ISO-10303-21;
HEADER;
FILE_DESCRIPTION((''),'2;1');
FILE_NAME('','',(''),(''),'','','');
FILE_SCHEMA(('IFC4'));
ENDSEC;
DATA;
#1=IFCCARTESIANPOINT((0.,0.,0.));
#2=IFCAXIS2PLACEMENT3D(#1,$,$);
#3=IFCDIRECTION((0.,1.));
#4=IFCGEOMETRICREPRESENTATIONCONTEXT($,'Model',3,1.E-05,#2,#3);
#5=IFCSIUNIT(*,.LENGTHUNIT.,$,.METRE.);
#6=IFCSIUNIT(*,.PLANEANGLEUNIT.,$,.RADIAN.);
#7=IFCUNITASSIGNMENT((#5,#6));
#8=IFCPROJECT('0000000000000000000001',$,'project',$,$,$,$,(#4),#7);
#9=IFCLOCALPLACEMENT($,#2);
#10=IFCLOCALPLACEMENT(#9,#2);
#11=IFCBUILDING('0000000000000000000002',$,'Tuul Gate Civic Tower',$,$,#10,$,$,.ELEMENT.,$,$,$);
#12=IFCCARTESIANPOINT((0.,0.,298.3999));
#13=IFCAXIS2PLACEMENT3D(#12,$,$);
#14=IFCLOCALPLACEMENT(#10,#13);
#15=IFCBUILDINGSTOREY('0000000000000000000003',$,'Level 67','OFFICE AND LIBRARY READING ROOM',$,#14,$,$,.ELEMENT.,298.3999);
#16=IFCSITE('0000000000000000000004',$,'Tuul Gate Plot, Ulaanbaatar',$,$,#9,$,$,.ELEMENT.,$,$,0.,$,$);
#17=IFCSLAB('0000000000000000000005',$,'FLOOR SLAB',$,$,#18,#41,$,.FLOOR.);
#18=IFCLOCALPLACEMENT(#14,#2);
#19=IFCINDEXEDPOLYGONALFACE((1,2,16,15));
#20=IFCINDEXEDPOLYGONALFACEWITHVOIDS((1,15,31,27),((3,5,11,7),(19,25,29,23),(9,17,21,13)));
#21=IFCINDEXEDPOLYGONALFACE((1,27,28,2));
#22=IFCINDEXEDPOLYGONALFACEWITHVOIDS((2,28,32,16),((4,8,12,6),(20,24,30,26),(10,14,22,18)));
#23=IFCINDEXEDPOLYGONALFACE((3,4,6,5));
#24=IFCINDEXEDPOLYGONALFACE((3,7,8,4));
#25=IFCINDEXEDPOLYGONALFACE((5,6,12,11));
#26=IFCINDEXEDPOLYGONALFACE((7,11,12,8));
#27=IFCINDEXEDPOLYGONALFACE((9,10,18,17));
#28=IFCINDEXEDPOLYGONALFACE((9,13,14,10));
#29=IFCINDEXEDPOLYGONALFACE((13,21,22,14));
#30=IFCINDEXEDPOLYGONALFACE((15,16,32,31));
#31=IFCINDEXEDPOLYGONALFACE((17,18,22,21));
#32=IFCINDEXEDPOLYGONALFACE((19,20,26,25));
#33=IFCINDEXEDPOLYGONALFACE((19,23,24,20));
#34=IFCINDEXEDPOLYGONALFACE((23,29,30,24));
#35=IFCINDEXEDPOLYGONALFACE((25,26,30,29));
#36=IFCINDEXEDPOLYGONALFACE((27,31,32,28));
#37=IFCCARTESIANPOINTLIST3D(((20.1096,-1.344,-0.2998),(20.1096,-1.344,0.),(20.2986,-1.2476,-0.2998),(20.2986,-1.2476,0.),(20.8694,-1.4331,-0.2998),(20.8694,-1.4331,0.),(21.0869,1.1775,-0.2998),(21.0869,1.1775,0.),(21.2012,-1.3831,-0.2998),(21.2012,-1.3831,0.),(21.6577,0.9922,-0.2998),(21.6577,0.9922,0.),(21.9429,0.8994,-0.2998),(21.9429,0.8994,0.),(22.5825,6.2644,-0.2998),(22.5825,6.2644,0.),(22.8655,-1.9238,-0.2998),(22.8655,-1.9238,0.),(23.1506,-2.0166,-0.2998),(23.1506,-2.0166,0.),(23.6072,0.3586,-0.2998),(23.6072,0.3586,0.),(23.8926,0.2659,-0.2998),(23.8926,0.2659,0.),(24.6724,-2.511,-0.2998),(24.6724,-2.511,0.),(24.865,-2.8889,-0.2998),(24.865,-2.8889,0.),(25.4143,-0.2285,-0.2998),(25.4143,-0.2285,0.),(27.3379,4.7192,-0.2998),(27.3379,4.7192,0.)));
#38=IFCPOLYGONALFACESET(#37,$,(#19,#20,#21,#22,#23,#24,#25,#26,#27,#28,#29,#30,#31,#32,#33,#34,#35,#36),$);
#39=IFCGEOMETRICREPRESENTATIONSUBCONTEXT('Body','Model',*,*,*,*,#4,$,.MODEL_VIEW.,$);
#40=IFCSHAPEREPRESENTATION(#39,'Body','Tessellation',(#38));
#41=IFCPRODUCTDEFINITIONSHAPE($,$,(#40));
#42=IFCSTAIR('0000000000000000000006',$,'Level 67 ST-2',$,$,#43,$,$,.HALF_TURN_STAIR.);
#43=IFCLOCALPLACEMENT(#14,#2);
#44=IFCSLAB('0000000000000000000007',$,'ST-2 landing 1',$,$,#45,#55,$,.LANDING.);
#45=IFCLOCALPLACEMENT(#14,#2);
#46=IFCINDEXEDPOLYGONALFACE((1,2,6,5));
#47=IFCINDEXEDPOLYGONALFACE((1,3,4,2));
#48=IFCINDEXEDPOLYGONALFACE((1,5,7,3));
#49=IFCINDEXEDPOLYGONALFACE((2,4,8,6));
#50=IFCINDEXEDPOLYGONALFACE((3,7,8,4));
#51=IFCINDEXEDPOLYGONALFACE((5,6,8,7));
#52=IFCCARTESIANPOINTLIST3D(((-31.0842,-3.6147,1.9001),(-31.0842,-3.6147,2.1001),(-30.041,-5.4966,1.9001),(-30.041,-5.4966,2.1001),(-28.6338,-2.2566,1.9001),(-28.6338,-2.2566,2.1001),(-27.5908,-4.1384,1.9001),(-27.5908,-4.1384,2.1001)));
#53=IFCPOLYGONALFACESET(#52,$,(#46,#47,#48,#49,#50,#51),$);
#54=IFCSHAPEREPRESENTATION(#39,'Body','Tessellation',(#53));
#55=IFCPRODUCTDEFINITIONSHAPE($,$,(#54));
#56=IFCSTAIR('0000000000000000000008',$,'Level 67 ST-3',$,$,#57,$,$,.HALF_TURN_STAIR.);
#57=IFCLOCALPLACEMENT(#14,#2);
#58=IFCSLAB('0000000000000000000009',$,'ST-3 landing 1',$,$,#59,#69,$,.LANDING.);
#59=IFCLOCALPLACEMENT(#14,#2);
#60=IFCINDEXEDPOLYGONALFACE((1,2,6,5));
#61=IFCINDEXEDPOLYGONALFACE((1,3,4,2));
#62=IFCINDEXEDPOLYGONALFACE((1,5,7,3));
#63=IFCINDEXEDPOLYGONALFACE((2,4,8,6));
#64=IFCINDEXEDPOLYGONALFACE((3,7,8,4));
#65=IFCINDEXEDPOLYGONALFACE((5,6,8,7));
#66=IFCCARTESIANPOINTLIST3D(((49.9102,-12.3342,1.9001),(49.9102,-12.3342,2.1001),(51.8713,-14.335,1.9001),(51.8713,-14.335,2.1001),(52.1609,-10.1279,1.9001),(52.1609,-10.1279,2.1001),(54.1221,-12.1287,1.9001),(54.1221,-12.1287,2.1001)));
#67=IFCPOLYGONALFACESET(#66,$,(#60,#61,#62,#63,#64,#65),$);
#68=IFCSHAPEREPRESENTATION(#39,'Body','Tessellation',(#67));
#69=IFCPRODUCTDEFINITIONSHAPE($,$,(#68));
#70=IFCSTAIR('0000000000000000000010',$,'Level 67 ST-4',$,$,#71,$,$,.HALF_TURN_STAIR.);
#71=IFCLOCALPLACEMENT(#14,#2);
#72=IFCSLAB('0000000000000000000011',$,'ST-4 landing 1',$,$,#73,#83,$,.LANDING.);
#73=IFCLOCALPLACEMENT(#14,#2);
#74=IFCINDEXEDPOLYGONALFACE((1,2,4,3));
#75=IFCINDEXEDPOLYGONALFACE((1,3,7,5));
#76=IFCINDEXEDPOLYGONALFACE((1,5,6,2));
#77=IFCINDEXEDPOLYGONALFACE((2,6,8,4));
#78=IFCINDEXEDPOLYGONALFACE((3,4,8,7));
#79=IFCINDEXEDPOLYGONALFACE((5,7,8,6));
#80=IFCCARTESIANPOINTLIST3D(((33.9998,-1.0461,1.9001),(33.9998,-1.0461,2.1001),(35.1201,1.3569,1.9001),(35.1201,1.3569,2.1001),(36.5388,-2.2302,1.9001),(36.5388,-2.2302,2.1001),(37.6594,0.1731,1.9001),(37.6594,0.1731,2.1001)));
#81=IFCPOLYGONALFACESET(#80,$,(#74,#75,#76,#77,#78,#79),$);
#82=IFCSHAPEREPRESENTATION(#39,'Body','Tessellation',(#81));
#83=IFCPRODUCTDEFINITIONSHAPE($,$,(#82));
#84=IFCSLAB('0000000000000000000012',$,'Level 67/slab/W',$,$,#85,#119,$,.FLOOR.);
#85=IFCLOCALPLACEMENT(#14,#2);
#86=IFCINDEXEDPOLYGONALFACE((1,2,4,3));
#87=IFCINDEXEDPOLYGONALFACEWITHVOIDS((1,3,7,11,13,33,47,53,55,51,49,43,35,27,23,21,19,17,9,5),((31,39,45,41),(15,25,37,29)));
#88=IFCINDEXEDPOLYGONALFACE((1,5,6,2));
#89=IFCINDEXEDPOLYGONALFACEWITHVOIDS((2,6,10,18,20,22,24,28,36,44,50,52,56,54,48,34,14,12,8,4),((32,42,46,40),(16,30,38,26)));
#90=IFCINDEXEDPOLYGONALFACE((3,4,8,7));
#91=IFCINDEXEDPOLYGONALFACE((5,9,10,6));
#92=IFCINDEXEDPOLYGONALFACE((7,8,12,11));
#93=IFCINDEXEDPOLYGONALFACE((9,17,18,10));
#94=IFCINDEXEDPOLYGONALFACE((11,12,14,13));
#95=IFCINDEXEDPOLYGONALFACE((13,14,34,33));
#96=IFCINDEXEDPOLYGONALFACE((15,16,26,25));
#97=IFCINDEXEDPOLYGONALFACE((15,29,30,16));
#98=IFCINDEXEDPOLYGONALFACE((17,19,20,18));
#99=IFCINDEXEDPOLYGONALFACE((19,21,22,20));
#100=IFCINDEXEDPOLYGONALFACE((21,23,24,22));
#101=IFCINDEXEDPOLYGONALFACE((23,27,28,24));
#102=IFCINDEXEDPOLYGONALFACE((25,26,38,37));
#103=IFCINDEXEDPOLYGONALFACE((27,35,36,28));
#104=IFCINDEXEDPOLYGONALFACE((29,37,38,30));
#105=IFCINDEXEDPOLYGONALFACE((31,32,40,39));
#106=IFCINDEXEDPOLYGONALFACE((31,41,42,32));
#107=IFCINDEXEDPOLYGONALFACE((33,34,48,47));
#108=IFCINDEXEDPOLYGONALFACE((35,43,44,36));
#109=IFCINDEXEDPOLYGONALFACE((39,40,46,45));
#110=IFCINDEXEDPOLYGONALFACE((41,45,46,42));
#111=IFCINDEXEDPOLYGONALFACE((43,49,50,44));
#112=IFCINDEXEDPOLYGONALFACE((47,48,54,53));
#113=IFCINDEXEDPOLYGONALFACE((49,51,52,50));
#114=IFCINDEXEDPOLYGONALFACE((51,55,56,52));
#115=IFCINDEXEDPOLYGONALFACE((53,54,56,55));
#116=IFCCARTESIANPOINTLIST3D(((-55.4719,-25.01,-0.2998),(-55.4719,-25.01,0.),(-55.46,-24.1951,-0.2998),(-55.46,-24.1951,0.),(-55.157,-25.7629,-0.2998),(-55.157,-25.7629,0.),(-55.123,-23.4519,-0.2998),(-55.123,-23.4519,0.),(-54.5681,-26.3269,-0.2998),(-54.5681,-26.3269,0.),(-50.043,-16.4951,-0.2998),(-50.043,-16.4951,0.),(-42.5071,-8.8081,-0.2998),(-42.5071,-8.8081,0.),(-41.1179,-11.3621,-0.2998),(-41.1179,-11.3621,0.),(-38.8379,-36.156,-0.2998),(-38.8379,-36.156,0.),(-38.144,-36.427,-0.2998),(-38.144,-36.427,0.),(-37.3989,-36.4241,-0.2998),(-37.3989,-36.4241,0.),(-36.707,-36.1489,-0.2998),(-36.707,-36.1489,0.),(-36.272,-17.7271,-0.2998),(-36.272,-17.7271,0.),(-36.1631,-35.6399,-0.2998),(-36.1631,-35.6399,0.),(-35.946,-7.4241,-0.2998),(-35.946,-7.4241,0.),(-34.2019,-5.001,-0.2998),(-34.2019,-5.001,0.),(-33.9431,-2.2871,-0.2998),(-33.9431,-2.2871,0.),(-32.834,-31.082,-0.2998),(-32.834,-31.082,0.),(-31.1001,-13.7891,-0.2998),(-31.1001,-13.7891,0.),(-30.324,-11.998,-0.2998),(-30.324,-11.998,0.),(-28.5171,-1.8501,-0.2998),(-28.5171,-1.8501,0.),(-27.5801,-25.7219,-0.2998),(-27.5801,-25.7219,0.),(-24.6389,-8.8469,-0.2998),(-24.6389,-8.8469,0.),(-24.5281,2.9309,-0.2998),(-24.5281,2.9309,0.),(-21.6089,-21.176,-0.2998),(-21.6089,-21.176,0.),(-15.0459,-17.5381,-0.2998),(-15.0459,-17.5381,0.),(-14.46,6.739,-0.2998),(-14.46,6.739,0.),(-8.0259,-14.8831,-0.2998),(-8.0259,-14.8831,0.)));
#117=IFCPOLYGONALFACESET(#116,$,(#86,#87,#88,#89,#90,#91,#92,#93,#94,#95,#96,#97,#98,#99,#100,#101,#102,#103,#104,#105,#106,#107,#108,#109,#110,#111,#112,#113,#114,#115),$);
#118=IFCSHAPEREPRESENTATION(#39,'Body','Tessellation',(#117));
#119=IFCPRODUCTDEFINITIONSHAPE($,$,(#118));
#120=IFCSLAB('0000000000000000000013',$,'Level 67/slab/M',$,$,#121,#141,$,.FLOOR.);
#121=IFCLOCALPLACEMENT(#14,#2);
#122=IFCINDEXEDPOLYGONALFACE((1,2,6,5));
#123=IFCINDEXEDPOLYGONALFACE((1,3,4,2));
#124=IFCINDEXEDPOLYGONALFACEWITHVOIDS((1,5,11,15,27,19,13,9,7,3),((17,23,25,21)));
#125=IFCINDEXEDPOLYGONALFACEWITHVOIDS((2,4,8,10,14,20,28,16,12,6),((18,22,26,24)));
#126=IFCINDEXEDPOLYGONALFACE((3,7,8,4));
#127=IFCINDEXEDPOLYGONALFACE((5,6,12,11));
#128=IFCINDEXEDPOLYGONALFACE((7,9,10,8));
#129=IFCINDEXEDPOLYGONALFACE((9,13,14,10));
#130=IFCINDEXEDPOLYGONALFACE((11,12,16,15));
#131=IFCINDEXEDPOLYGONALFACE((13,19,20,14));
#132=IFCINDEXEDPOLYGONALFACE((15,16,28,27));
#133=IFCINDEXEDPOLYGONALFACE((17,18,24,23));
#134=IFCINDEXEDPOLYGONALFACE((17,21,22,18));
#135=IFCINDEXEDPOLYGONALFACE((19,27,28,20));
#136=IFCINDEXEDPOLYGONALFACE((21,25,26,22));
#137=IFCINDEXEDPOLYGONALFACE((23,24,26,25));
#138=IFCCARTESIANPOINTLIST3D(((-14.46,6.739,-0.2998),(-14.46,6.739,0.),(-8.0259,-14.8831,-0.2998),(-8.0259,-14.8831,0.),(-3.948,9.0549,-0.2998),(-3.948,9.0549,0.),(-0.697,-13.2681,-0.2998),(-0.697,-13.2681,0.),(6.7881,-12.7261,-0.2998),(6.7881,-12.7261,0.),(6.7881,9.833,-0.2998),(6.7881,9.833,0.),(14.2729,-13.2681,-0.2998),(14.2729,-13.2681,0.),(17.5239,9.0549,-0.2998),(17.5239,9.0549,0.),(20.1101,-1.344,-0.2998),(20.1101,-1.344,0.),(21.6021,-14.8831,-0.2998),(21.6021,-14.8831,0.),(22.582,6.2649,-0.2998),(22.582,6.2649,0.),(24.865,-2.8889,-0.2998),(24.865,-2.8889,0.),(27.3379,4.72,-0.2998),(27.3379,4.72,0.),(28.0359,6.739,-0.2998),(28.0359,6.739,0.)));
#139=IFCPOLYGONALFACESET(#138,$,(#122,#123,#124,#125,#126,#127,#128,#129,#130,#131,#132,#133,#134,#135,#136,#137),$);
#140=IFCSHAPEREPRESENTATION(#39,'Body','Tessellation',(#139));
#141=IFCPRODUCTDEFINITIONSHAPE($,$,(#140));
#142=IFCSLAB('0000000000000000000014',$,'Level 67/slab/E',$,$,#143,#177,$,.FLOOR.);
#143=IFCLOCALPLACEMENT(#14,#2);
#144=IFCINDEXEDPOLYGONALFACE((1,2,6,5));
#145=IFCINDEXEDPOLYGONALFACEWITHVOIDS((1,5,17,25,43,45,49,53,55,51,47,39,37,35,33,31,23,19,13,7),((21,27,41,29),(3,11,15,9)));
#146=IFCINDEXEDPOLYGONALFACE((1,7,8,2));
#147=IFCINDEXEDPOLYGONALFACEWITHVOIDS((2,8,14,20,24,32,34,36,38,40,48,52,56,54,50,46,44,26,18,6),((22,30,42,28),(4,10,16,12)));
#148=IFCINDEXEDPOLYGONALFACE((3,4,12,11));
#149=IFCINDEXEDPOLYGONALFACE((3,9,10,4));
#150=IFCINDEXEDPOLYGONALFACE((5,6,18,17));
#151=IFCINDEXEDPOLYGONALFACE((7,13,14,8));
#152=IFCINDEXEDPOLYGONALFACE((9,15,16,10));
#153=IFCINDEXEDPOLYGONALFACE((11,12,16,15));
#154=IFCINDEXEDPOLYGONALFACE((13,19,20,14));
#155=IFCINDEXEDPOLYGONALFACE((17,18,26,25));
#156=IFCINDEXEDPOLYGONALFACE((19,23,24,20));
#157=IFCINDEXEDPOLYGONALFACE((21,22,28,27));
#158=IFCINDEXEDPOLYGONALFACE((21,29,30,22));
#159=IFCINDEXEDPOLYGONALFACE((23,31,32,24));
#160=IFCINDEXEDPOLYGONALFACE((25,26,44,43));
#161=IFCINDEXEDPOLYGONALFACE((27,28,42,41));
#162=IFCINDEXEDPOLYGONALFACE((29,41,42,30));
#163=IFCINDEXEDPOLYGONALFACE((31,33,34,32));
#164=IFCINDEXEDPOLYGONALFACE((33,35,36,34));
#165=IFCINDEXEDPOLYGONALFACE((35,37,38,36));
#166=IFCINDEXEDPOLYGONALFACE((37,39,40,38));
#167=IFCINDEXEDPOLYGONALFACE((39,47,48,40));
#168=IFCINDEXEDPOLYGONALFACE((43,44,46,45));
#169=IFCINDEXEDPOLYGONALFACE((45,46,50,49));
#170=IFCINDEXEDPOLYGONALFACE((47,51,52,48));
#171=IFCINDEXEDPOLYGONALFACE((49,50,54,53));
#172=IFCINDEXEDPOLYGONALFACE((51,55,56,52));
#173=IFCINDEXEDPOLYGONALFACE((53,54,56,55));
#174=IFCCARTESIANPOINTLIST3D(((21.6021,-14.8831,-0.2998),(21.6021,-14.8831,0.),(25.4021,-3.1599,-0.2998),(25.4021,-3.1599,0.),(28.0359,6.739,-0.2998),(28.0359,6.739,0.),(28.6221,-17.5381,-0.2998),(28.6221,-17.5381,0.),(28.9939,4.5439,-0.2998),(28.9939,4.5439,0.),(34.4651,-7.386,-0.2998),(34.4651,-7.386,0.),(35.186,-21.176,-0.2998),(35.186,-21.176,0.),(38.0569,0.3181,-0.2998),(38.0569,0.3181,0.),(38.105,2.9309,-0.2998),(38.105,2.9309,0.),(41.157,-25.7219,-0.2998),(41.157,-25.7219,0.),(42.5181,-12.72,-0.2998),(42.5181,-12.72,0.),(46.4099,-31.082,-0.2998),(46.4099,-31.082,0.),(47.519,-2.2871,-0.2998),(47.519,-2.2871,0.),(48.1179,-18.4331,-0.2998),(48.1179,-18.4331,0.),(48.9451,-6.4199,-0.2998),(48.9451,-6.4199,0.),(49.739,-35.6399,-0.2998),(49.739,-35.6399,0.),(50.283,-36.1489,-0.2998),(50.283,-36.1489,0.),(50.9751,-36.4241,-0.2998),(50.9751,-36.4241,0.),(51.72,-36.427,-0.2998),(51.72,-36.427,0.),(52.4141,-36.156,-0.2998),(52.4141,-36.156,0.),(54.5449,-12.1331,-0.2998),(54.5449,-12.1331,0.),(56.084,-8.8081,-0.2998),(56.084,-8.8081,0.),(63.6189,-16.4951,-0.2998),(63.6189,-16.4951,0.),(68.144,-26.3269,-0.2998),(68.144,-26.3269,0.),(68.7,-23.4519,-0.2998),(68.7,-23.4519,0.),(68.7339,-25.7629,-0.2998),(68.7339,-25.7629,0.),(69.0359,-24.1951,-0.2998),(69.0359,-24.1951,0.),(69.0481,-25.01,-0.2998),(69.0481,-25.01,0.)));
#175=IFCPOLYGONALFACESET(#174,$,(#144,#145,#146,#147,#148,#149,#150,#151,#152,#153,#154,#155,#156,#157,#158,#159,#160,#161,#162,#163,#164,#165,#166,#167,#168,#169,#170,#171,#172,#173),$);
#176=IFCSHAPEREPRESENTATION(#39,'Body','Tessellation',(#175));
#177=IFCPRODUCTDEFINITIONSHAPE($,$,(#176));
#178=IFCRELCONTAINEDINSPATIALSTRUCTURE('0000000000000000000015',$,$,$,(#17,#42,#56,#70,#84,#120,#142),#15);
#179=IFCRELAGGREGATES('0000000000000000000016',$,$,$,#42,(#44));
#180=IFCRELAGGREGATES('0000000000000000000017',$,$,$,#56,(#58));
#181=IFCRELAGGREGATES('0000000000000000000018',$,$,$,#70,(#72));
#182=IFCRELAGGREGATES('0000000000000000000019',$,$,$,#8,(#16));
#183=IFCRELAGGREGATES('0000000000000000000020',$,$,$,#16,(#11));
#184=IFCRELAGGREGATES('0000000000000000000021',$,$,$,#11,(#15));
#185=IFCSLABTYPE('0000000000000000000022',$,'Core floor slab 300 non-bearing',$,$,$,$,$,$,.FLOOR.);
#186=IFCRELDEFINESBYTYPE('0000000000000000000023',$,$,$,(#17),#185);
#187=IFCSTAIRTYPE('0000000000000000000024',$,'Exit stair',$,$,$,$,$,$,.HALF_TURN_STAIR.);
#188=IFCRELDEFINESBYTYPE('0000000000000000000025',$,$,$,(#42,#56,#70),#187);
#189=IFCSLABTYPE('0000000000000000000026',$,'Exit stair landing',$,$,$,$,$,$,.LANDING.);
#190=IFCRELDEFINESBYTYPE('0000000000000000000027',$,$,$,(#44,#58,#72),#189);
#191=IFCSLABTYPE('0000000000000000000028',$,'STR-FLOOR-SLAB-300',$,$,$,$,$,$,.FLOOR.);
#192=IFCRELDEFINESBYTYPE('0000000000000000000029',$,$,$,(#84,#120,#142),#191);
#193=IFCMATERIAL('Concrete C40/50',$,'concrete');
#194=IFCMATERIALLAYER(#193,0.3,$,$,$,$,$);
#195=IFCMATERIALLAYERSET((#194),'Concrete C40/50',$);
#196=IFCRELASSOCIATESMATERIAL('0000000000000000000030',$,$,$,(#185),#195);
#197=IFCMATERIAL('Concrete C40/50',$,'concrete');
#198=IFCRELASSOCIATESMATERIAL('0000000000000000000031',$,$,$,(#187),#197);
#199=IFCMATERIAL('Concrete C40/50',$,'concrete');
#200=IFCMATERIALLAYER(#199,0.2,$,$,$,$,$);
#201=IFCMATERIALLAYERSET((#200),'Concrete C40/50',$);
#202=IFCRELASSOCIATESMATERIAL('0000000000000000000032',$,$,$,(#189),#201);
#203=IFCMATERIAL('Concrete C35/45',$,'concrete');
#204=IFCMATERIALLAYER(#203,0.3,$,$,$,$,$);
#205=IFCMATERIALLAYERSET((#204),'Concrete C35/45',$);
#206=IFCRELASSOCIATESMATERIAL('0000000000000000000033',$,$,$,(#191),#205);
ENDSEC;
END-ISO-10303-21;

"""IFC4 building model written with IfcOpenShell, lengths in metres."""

from ifc_helpers import new_model, si_unit, direction, frame, origin, place, context, subcontext, project, spatial, polyline, outline, extrude, material, layer, layer_set, type_object, element, aggregate, save


model = new_model("IFC4")

# Units and contexts
model_context = context("Model", 3, precision=1e-05, world=origin(), true_north=direction((0.0, 1.0)))
body_context = subcontext(model_context, "Body", "Model", "MODEL_VIEW")
ifc_project = project(units=[si_unit("LENGTHUNIT", "METRE"), si_unit("PLANEANGLEUNIT", "RADIAN")], contexts=[model_context])

# Site, building, storey
site_placement = place(None, origin())
site = spatial("IfcSite", under=ifc_project, at=site_placement, Name="Tuul Gate Plot, Ulaanbaatar", CompositionType="ELEMENT", RefElevation=0.0)
building_placement = place(site_placement, origin())
building = spatial("IfcBuilding", under=site, at=building_placement, Name="Tuul Gate Civic Tower", CompositionType="ELEMENT")
storey_placement = place(building_placement, frame((0.0, 0.0, 298.3999)))
storey = spatial("IfcBuildingStorey", under=building, at=storey_placement, Name="Level 67", Description="OFFICE AND LIBRARY READING ROOM", CompositionType="ELEMENT", Elevation=298.3999)

# Slab
ifc_material_1 = material(Name="Concrete C40/50", Category="concrete")
ifc_layer_1 = layer(ifc_material_1, 0.3)
ifc_layer_set_1 = layer_set([ifc_layer_1], Name="Concrete C40/50")
slab_type_1 = type_object("IfcSlabType", Name="Core floor slab 300 non-bearing", PredefinedType="FLOOR", material=ifc_layer_set_1)
slab_1_placement = place(storey_placement, frame((0.0, 0.0, -0.2998)))
element("IfcSlab", 1, at=slab_1_placement, inside=storey, type_object=slab_type_1, Name="FLOOR SLAB", PredefinedType="FLOOR", context=body_context, shape_type="SweptSolid", body=[
    extrude(outline(polyline([(24.865, -2.8889), (27.3379, 4.7192), (22.5825, 6.2644), (20.1096, -1.344), (24.865, -2.8889)]), holes=[polyline([(24.6724, -2.511), (25.4143, -0.2285), (23.8926, 0.2659), (23.1506, -2.0166), (24.6724, -2.511)]), polyline([(22.8655, -1.9238), (23.6072, 0.3586), (21.9429, 0.8994), (21.2012, -1.3831), (22.8655, -1.9238)]), polyline([(20.8694, -1.4331), (21.6577, 0.9922), (21.0869, 1.1775), (20.2986, -1.2476), (20.8694, -1.4331)])]), origin(), (0.0, 0.0, 1.0), 0.2998),
])

# Stairs, slabs
ifc_material_2 = material(Name="Concrete C40/50", Category="concrete")
stair_type = type_object("IfcStairType", Name="Exit stair", PredefinedType="HALF_TURN_STAIR", material=ifc_material_2)
stair_1_placement = place(storey_placement, origin())
stair_1 = element("IfcStair", 2, at=stair_1_placement, inside=storey, type_object=stair_type, Name="Level 67 ST-2", PredefinedType="HALF_TURN_STAIR")
ifc_material_3 = material(Name="Concrete C40/50", Category="concrete")
ifc_layer_2 = layer(ifc_material_3, 0.2)
ifc_layer_set_2 = layer_set([ifc_layer_2], Name="Concrete C40/50")
slab_type_2 = type_object("IfcSlabType", Name="Exit stair landing", PredefinedType="LANDING", material=ifc_layer_set_2)
slab_2_placement = place(storey_placement, frame((0.0, 0.0, 1.9001)))
slab_2 = element("IfcSlab", 3, at=slab_2_placement, type_object=slab_type_2, Name="ST-2 landing 1", PredefinedType="LANDING", context=body_context, shape_type="SweptSolid", body=[
    extrude(outline(polyline([(-27.5908, -4.1384), (-30.041, -5.4966), (-31.0842, -3.6147), (-28.6338, -2.2566), (-27.5908, -4.1384)])), origin(), (0.0, 0.0, 1.0), 0.2),
])
aggregate(stair_1, [slab_2])
stair_2_placement = place(storey_placement, origin())
stair_2 = element("IfcStair", 4, at=stair_2_placement, inside=storey, type_object=stair_type, Name="Level 67 ST-3", PredefinedType="HALF_TURN_STAIR")
slab_3_placement = place(storey_placement, frame((0.0, 0.0, 1.9001)))
slab_3 = element("IfcSlab", 5, at=slab_3_placement, type_object=slab_type_2, Name="ST-3 landing 1", PredefinedType="LANDING", context=body_context, shape_type="SweptSolid", body=[
    extrude(outline(polyline([(51.8713, -14.335), (49.9102, -12.3342), (52.1609, -10.1279), (54.1221, -12.1287), (51.8713, -14.335)])), origin(), (0.0, 0.0, 1.0), 0.2),
])
aggregate(stair_2, [slab_3])
stair_3_placement = place(storey_placement, origin())
stair_3 = element("IfcStair", 6, at=stair_3_placement, inside=storey, type_object=stair_type, Name="Level 67 ST-4", PredefinedType="HALF_TURN_STAIR")
slab_4_placement = place(storey_placement, frame((0.0, 0.0, 1.9001)))
slab_4 = element("IfcSlab", 7, at=slab_4_placement, type_object=slab_type_2, Name="ST-4 landing 1", PredefinedType="LANDING", context=body_context, shape_type="SweptSolid", body=[
    extrude(outline(polyline([(36.5388, -2.2302), (33.9998, -1.0461), (35.1201, 1.3569), (37.6594, 0.1731), (36.5388, -2.2302)])), origin(), (0.0, 0.0, 1.0), 0.2),
])
aggregate(stair_3, [slab_4])

# Slabs
ifc_material_4 = material(Name="Concrete C35/45", Category="concrete")
ifc_layer_3 = layer(ifc_material_4, 0.3)
ifc_layer_set_3 = layer_set([ifc_layer_3], Name="Concrete C35/45")
slab_type_3 = type_object("IfcSlabType", Name="STR-FLOOR-SLAB-300", PredefinedType="FLOOR", material=ifc_layer_set_3)
slab_5_placement = place(storey_placement, frame((0.0, 0.0, -0.2998)))
element("IfcSlab", 8, at=slab_5_placement, inside=storey, type_object=slab_type_3, Name="Level 67/slab/W", PredefinedType="FLOOR", context=body_context, shape_type="SweptSolid", body=[
    extrude(outline(polyline([(-8.0259, -14.8831), (-14.46, 6.739), (-24.5281, 2.9309), (-33.9431, -2.2871), (-42.5071, -8.8081), (-50.043, -16.4951), (-55.123, -23.4519), (-55.46, -24.1951), (-55.4719, -25.01), (-55.157, -25.7629), (-54.5681, -26.3269), (-38.8379, -36.156), (-38.144, -36.427), (-37.3989, -36.4241), (-36.707, -36.1489), (-36.1631, -35.6399), (-32.834, -31.082), (-27.5801, -25.7219), (-21.6089, -21.176), (-15.0459, -17.5381), (-8.0259, -14.8831)]), holes=[polyline([(-31.1001, -13.7891), (-36.272, -17.7271), (-41.1179, -11.3621), (-35.946, -7.4241), (-31.1001, -13.7891)]), polyline([(-24.6389, -8.8469), (-30.324, -11.998), (-34.2019, -5.001), (-28.5171, -1.8501), (-24.6389, -8.8469)])]), origin(), (0.0, 0.0, 1.0), 0.2998),
])
slab_6_placement = place(storey_placement, frame((0.0, 0.0, -0.2998)))
element("IfcSlab", 9, at=slab_6_placement, inside=storey, type_object=slab_type_3, Name="Level 67/slab/M", PredefinedType="FLOOR", context=body_context, shape_type="SweptSolid", body=[
    extrude(outline(polyline([(21.6021, -14.8831), (28.0359, 6.739), (17.5239, 9.0549), (6.7881, 9.833), (-3.948, 9.0549), (-14.46, 6.739), (-8.0259, -14.8831), (-0.697, -13.2681), (6.7881, -12.7261), (14.2729, -13.2681), (21.6021, -14.8831)]), holes=[polyline([(20.1101, -1.344), (22.582, 6.2649), (27.3379, 4.72), (24.865, -2.8889), (20.1101, -1.344)])]), origin(), (0.0, 0.0, 1.0), 0.2998),
])
slab_7_placement = place(storey_placement, frame((0.0, 0.0, -0.2998)))
element("IfcSlab", 10, at=slab_7_placement, inside=storey, type_object=slab_type_3, Name="Level 67/slab/E", PredefinedType="FLOOR", context=body_context, shape_type="SweptSolid", body=[
    extrude(outline(polyline([(51.72, -36.427), (52.4141, -36.156), (68.144, -26.3269), (68.7339, -25.7629), (69.0481, -25.01), (69.0359, -24.1951), (68.7, -23.4519), (63.6189, -16.4951), (56.084, -8.8081), (47.519, -2.2871), (38.105, 2.9309), (28.0359, 6.739), (21.6021, -14.8831), (28.6221, -17.5381), (35.186, -21.176), (41.157, -25.7219), (46.4099, -31.082), (49.739, -35.6399), (50.283, -36.1489), (50.9751, -36.4241), (51.72, -36.427)]), holes=[polyline([(48.1179, -18.4331), (42.5181, -12.72), (48.9451, -6.4199), (54.5449, -12.1331), (48.1179, -18.4331)]), polyline([(25.4021, -3.1599), (28.9939, 4.5439), (38.0569, 0.3181), (34.4651, -7.386), (25.4021, -3.1599)])]), origin(), (0.0, 0.0, 1.0), 0.2998),
])

save(model, "model.ifc")
